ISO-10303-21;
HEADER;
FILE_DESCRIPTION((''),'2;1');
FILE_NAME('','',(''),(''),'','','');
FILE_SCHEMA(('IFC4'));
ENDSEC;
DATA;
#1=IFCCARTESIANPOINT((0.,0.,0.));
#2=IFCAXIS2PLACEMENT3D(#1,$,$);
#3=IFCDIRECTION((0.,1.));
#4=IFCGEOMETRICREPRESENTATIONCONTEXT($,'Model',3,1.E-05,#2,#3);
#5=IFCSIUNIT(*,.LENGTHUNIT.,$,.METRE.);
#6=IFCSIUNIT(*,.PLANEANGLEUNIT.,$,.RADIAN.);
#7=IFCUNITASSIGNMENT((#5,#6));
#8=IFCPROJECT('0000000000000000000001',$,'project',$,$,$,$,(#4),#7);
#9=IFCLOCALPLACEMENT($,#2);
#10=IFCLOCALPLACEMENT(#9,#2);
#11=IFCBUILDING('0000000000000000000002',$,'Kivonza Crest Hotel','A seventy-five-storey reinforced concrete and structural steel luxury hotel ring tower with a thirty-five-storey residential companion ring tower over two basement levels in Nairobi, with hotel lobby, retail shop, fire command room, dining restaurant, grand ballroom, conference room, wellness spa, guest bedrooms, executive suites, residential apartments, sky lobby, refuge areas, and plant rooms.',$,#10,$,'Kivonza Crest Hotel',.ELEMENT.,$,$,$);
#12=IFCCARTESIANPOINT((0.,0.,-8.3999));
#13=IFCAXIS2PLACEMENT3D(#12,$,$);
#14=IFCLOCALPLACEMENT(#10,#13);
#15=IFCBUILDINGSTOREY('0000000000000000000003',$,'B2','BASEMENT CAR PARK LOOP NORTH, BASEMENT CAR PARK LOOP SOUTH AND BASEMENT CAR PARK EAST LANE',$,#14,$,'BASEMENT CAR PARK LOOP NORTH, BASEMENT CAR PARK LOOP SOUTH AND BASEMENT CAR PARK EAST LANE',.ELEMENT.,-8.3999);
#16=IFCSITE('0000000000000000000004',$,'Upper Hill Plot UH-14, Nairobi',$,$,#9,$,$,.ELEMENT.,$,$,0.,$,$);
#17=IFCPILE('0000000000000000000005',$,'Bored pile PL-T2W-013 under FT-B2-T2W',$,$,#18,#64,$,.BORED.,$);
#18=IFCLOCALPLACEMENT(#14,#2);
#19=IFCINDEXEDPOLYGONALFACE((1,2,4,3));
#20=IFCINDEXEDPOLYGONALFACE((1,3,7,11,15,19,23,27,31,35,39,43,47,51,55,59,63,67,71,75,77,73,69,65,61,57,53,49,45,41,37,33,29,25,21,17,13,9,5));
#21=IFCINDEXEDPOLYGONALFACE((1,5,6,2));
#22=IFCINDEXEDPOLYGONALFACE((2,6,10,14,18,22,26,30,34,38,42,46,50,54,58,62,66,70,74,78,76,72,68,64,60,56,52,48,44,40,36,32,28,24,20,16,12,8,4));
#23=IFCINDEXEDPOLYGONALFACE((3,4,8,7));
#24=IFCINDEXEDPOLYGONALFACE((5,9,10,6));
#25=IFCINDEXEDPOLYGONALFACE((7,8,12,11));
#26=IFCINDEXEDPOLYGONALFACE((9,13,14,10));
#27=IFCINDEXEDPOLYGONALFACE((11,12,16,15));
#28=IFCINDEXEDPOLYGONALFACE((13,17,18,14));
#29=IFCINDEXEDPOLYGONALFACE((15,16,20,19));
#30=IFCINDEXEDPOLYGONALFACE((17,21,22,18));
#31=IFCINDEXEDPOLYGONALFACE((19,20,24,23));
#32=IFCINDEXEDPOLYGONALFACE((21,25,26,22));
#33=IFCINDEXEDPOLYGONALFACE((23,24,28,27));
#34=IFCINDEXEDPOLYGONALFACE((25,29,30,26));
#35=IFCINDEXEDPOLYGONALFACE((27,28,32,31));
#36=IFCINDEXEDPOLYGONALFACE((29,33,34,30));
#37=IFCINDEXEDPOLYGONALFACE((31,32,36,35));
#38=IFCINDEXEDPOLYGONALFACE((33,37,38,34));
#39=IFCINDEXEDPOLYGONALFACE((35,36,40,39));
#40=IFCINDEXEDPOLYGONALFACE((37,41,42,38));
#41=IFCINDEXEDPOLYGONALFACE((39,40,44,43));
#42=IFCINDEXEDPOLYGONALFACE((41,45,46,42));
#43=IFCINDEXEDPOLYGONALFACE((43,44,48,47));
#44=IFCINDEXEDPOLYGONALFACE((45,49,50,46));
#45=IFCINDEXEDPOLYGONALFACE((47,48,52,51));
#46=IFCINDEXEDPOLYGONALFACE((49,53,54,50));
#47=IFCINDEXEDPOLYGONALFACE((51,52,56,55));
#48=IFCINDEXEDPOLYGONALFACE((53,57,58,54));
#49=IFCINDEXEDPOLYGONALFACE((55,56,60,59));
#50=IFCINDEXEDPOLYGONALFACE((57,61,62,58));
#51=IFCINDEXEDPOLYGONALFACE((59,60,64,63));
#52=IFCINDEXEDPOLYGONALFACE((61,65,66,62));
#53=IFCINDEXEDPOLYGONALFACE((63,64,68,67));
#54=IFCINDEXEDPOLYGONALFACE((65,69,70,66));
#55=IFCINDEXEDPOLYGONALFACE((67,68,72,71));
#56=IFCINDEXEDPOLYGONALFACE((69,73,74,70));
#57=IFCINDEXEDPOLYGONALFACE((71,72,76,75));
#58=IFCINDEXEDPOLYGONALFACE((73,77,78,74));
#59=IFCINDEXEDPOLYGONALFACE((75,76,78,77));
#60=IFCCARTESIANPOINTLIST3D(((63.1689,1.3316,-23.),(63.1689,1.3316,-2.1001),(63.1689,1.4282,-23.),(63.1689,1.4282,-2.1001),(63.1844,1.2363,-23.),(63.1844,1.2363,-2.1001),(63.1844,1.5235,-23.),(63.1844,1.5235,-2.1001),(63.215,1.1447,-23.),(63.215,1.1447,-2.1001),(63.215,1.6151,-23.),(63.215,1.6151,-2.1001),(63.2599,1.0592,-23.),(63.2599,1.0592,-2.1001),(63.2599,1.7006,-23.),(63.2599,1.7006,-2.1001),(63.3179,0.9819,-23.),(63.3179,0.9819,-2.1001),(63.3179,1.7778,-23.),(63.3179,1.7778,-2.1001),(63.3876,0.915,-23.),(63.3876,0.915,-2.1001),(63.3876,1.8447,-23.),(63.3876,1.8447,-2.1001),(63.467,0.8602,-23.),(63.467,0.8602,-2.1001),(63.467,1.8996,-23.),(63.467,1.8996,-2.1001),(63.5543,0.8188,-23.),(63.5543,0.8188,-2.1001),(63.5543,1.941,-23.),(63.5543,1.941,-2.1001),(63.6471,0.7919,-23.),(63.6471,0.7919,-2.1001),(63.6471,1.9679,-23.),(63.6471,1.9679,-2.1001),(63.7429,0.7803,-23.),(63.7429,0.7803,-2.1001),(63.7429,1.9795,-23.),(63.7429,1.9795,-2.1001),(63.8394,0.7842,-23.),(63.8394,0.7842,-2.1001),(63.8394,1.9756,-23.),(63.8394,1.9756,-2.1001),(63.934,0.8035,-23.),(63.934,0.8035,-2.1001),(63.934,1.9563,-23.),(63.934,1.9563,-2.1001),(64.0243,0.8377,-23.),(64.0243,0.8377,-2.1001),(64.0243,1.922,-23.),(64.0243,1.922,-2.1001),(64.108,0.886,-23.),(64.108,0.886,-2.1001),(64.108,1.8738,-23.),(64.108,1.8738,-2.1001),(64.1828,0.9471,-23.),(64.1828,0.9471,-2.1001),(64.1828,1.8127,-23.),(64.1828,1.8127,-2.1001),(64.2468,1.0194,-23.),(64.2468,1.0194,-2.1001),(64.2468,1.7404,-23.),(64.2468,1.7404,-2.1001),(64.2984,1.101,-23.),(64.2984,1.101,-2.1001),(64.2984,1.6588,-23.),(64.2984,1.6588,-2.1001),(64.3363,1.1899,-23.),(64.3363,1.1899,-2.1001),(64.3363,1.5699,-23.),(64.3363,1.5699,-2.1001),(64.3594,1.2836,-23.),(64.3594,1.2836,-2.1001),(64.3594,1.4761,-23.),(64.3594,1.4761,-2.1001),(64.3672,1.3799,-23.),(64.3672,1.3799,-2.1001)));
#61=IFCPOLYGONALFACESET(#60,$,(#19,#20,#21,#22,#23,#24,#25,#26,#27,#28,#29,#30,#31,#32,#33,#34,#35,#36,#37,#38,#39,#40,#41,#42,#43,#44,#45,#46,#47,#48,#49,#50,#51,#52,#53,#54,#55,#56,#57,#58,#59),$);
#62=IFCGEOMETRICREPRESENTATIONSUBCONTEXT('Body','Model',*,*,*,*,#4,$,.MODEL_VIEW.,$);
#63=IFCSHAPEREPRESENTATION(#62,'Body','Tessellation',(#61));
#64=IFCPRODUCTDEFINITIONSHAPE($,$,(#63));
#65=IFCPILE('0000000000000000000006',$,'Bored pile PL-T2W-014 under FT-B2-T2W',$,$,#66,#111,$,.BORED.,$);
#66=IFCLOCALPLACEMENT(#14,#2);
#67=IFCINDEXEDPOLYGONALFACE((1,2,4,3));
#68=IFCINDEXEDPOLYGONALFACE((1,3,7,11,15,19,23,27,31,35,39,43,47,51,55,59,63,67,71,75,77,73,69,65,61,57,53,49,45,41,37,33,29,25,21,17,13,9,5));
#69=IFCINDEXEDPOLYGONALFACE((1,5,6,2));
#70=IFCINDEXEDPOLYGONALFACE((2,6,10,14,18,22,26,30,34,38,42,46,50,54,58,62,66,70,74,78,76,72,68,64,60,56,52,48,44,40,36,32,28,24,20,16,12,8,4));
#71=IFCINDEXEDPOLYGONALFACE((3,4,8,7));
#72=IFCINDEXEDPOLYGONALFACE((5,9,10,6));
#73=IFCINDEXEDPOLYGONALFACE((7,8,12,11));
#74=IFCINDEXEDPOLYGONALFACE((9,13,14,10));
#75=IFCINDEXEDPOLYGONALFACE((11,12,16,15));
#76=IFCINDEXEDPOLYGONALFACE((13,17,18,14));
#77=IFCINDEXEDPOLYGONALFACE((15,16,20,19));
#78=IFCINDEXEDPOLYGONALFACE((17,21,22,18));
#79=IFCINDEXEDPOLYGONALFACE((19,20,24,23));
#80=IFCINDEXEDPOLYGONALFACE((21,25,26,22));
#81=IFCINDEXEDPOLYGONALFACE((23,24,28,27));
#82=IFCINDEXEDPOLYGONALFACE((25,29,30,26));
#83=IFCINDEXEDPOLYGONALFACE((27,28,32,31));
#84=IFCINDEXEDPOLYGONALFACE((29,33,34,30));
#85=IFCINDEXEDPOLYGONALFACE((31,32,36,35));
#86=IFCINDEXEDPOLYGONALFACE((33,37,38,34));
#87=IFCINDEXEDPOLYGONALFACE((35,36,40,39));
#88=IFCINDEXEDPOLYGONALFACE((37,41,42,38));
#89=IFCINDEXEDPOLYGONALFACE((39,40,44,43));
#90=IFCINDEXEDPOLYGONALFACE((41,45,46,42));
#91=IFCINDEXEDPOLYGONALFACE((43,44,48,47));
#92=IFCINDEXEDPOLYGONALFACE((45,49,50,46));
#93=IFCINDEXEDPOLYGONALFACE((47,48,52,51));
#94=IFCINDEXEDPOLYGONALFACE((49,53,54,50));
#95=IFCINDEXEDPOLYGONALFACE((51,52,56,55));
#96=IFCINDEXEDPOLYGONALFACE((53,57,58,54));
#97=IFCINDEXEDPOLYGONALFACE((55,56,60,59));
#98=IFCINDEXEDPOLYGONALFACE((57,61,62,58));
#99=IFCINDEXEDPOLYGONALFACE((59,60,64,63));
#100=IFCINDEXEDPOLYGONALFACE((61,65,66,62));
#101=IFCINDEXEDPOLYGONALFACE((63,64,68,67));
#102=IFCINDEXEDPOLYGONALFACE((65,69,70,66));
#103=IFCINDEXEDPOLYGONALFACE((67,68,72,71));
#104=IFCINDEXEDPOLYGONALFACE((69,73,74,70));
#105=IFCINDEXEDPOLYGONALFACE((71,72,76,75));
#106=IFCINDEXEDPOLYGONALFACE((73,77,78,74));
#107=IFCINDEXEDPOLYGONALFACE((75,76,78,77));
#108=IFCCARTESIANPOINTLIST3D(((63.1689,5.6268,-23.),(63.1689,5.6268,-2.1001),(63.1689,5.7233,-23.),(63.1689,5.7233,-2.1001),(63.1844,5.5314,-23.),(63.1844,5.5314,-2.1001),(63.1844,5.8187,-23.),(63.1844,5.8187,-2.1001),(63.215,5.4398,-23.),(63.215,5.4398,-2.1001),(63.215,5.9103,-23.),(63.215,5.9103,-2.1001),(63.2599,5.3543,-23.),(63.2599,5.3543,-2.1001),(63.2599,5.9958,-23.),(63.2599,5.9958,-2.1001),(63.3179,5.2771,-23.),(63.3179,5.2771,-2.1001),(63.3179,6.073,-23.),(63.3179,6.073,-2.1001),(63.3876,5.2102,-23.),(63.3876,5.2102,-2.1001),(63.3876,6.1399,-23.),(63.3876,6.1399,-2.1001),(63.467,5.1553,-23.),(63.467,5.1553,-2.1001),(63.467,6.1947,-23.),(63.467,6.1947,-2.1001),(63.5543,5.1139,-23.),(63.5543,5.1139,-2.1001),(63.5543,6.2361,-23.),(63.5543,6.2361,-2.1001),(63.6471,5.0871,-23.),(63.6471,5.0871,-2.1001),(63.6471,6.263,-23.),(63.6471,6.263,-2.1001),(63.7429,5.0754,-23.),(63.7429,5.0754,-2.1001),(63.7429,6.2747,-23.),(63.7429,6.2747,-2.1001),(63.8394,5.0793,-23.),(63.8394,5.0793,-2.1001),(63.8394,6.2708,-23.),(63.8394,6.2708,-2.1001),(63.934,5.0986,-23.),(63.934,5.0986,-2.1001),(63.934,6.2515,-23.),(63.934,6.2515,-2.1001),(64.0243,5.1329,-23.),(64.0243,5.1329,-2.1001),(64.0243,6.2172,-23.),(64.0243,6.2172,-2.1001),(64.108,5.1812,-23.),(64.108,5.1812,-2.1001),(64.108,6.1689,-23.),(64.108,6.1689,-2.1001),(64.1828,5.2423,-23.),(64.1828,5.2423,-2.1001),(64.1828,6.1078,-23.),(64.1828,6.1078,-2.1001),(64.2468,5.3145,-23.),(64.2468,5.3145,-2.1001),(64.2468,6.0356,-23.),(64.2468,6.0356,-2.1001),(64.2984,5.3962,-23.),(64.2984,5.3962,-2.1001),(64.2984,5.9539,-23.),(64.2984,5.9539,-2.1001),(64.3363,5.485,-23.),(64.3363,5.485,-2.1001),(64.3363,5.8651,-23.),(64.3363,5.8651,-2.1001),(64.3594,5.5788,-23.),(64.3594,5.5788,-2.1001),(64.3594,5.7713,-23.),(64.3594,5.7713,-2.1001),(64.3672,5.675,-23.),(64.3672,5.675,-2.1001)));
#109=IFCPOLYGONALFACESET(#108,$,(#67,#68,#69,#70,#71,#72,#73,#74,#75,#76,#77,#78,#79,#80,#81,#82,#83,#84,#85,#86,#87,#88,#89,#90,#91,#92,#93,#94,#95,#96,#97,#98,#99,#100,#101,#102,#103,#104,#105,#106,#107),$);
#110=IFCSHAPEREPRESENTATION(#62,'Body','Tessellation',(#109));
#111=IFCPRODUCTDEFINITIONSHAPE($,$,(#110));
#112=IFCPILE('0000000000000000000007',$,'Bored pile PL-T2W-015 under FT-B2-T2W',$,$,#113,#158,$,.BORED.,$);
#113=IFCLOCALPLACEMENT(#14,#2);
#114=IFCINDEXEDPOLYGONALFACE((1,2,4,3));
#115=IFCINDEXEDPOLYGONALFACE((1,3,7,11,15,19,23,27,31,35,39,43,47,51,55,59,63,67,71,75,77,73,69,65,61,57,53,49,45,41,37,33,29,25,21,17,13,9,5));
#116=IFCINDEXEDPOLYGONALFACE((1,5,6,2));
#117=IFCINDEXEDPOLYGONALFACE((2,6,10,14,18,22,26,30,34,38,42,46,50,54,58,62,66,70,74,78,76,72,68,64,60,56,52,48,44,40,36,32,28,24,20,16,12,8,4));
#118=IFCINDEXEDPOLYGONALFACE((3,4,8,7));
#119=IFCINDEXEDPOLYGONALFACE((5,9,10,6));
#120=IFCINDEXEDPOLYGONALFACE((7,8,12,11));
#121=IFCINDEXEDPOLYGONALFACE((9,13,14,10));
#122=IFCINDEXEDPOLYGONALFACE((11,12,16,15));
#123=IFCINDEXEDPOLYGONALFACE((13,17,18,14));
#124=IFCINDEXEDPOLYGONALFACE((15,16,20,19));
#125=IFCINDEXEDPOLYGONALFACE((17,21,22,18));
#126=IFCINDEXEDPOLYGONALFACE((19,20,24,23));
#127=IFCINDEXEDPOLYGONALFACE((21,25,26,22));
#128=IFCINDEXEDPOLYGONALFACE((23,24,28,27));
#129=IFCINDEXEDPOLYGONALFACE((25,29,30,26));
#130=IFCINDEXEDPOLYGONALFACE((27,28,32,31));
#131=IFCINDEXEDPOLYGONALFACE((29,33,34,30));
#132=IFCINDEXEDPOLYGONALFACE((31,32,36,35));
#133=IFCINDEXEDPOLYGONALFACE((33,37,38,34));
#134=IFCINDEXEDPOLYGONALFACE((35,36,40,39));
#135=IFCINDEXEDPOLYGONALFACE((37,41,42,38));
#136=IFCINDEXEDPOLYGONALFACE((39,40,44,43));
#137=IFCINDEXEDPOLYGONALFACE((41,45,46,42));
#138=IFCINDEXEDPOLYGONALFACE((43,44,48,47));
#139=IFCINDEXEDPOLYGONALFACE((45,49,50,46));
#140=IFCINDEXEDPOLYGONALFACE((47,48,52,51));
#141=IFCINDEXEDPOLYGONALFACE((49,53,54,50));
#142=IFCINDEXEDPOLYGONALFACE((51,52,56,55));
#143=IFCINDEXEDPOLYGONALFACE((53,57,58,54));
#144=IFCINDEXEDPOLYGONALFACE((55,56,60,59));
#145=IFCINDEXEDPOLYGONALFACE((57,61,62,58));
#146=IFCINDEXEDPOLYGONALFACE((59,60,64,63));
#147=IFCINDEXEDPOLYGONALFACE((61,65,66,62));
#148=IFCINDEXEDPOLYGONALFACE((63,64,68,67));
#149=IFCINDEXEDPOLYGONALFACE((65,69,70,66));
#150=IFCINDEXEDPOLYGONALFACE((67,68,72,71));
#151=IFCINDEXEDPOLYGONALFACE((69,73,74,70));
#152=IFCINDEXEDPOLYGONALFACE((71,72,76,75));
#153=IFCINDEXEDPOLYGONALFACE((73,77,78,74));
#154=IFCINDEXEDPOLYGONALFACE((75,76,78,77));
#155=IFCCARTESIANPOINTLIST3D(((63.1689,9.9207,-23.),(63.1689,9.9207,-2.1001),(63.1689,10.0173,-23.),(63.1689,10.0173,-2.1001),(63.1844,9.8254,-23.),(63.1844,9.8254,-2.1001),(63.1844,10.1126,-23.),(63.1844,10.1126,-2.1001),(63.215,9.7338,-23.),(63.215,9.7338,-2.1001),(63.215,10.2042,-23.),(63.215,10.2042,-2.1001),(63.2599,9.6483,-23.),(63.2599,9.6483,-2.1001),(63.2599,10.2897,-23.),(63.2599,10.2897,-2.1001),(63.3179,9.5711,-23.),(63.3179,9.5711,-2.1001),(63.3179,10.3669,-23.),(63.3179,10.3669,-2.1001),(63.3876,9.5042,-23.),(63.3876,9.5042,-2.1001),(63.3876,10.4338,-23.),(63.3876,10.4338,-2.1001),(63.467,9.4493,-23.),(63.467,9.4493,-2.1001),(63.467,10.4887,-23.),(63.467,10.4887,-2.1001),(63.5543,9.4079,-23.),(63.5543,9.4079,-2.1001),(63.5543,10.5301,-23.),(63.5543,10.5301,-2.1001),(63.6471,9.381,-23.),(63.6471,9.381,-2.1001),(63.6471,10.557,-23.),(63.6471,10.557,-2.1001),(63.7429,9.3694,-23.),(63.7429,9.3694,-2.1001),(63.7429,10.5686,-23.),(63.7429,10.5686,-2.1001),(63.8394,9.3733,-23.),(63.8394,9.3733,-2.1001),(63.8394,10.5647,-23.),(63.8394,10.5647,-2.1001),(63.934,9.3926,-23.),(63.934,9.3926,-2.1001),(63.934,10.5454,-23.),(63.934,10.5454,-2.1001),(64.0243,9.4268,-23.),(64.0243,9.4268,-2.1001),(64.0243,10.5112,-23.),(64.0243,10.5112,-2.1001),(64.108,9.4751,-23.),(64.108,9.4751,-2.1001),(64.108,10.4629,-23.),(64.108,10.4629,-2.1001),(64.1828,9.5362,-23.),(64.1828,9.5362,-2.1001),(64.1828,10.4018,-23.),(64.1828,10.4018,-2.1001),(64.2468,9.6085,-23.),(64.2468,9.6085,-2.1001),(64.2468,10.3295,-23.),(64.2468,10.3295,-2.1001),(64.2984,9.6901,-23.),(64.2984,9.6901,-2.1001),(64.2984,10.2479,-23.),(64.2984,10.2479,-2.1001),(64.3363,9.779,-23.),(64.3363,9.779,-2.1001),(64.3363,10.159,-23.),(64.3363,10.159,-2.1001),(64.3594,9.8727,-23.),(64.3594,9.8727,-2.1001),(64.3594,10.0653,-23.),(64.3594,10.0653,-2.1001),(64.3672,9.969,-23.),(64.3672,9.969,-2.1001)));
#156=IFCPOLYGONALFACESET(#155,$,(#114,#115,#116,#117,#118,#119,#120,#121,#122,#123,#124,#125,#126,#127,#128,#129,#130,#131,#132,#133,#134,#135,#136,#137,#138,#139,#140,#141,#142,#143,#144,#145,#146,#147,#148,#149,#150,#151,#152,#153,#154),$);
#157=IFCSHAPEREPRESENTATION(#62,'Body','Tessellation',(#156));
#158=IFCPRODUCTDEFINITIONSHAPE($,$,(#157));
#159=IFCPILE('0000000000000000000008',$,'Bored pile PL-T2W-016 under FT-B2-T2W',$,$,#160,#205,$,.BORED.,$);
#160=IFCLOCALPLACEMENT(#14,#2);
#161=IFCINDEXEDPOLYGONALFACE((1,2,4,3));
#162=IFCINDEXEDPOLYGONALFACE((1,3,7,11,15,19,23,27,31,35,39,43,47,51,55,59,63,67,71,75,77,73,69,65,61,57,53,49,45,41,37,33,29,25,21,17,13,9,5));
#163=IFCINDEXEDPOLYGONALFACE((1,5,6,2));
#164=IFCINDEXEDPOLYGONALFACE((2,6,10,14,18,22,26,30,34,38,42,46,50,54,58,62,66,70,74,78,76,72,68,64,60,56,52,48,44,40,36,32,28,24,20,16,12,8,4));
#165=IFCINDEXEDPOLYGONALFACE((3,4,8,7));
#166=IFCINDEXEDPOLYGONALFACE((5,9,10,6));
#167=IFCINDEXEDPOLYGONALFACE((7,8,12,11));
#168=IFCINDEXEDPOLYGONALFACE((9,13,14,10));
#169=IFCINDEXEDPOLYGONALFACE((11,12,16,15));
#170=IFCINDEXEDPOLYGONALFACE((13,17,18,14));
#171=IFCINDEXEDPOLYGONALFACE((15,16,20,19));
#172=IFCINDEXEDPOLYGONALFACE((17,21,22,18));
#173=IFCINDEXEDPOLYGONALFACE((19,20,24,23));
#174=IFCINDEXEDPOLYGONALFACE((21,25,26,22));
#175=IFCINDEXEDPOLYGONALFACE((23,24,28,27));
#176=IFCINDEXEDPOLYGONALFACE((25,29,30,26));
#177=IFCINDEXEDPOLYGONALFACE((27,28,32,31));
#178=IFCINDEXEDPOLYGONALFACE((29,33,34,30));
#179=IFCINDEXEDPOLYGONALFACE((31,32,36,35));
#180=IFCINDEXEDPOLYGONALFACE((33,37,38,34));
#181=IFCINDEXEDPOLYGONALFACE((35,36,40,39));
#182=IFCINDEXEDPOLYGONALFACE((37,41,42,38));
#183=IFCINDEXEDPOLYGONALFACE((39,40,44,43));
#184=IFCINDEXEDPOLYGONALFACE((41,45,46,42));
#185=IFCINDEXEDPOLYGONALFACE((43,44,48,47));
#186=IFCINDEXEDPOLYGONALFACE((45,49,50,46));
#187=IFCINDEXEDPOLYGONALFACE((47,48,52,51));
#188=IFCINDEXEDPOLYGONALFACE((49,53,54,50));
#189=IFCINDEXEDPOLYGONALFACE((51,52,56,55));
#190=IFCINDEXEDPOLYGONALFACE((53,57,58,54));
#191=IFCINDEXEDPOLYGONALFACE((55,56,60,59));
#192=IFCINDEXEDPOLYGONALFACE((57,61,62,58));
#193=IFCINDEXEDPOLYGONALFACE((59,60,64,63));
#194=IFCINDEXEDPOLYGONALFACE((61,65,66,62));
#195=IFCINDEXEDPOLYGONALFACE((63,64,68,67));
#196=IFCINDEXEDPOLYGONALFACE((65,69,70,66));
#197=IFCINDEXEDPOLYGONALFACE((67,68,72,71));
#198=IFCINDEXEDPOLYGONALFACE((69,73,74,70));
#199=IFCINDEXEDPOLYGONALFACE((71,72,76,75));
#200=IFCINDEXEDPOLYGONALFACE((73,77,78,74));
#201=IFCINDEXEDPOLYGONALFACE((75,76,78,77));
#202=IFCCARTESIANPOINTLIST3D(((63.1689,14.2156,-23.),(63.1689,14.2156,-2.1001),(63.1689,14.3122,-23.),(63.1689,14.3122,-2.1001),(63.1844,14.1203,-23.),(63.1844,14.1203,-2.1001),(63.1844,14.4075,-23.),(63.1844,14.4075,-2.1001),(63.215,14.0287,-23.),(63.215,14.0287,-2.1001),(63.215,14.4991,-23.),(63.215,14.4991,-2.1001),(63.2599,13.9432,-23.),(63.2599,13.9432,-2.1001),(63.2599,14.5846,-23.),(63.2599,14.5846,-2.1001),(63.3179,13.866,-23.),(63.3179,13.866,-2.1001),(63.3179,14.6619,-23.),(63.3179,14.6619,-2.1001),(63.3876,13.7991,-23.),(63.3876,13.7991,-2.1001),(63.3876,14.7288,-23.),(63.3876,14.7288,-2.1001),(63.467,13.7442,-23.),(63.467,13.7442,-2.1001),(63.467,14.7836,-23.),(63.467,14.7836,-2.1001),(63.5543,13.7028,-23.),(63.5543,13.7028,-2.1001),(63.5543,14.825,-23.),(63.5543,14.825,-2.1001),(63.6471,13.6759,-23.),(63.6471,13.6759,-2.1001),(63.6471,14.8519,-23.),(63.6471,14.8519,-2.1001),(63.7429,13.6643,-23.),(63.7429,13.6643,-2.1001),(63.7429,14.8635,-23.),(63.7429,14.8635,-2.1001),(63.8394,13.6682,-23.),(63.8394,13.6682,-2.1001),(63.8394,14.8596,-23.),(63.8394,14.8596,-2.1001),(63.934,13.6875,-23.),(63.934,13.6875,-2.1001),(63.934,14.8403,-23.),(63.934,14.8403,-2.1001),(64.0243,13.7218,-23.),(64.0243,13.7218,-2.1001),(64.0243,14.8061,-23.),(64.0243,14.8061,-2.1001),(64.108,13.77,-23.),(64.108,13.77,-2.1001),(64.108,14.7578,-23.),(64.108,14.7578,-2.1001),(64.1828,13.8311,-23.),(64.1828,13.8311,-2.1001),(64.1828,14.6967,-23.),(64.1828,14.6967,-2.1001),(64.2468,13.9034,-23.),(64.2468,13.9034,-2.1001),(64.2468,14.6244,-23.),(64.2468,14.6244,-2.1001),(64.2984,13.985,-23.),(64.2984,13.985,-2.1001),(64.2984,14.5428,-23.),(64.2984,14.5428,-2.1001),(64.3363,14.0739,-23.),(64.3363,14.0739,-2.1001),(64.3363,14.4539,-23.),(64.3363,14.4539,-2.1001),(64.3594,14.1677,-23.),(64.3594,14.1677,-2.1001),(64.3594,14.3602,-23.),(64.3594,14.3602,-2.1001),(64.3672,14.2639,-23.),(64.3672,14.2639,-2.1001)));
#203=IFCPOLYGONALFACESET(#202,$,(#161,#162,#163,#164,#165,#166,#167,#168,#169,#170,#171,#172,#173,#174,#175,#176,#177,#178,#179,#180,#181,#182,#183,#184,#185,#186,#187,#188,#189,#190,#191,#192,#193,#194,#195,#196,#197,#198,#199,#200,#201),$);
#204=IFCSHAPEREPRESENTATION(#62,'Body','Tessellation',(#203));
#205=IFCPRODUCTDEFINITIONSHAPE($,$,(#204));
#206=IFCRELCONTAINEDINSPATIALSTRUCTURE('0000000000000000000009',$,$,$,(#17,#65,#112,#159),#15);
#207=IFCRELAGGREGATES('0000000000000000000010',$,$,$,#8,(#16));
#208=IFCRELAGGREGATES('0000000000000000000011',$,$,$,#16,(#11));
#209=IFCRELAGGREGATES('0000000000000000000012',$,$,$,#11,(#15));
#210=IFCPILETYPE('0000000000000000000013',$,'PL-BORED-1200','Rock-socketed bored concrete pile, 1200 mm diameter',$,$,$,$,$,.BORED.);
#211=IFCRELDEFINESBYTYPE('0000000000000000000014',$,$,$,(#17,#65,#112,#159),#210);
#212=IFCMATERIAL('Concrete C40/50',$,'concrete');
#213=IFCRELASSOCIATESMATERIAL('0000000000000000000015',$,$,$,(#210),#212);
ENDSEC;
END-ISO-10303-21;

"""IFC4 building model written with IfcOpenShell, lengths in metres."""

from ifc_helpers import new_model, si_unit, direction, frame, origin, origin_2d, place, context, subcontext, project, spatial, circle, extrude, material, material_profile, profile_set, type_object, element, save


model = new_model("IFC4")

# Units and contexts
model_context = context("Model", 3, precision=1e-05, world=origin(), true_north=direction((0.0, 1.0)))
body_context = subcontext(model_context, "Body", "Model", "MODEL_VIEW")
ifc_project = project(units=[si_unit("LENGTHUNIT", "METRE"), si_unit("PLANEANGLEUNIT", "RADIAN")], contexts=[model_context])

# Site, building, storey
site_placement = place(None, origin())
site = spatial("IfcSite", under=ifc_project, at=site_placement, Name="Upper Hill Plot UH-14, Nairobi", CompositionType="ELEMENT", RefElevation=0.0)
building_placement = place(site_placement, origin())
building = spatial("IfcBuilding", under=site, at=building_placement, Name="Kivonza Crest Hotel", Description="A seventy-five-storey reinforced concrete and structural steel luxury hotel ring tower with a thirty-five-storey residential companion ring tower over two basement levels in Nairobi, with hotel lobby, retail shop, fire command room, dining restaurant, grand ballroom, conference room, wellness spa, guest bedrooms, executive suites, residential apartments, sky lobby, refuge areas, and plant rooms.", LongName="Kivonza Crest Hotel", CompositionType="ELEMENT")
storey_placement = place(building_placement, frame((0.0, 0.0, -8.3999)))
storey = spatial("IfcBuildingStorey", under=building, at=storey_placement, Name="B2", Description="BASEMENT CAR PARK LOOP NORTH, BASEMENT CAR PARK LOOP SOUTH AND BASEMENT CAR PARK EAST LANE", LongName="BASEMENT CAR PARK LOOP NORTH, BASEMENT CAR PARK LOOP SOUTH AND BASEMENT CAR PARK EAST LANE", CompositionType="ELEMENT", Elevation=-8.3999)

# Piles
ifc_material_1 = material(Name="Concrete C40/50", Category="concrete")
ifc_material_profile_1 = material_profile(ifc_material_1, circle(Radius=0.6001, at=origin_2d()), Name="PILE D1200")
ifc_profile_set_1 = profile_set([ifc_material_profile_1], Name="Concrete C40/50")
pile_type = type_object("IfcPileType", Name="PL-BORED-1200", Description="Rock-socketed bored concrete pile, 1200 mm diameter", PredefinedType="BORED", material=ifc_profile_set_1)
for number, where, z_axis, x_axis, name in (
    (1, (63.7671, 1.3799, -2.1001), (0.0, 0.0, -1.0), (1.0, 0.0, 0.0), "Bored pile PL-T2W-013 under FT-B2-T2W"),
    (2, (63.7671, 5.675, -2.1001), (0.0, 0.0, -1.0), (1.0, 0.0, 0.0), "Bored pile PL-T2W-014 under FT-B2-T2W"),
    (3, (63.7671, 9.969, -2.1001), (0.0, 0.0, -1.0), (1.0, 0.0, 0.0), "Bored pile PL-T2W-015 under FT-B2-T2W"),
    (4, (63.7671, 14.2639, -2.1001), (0.0, 0.0, -1.0), (1.0, 0.0, 0.0), "Bored pile PL-T2W-016 under FT-B2-T2W"),
):
    element("IfcPile", number, at=place(storey_placement, frame(where, z_axis=z_axis, x_axis=x_axis)), inside=storey, type_object=pile_type, Name=name, PredefinedType="BORED", context=body_context, shape_type="SweptSolid", body=[
        extrude(circle(Radius=0.6001, at=origin_2d()), origin(), (0.0, 0.0, 1.0), 20.8999),
    ])

save(model, "model.ifc")
